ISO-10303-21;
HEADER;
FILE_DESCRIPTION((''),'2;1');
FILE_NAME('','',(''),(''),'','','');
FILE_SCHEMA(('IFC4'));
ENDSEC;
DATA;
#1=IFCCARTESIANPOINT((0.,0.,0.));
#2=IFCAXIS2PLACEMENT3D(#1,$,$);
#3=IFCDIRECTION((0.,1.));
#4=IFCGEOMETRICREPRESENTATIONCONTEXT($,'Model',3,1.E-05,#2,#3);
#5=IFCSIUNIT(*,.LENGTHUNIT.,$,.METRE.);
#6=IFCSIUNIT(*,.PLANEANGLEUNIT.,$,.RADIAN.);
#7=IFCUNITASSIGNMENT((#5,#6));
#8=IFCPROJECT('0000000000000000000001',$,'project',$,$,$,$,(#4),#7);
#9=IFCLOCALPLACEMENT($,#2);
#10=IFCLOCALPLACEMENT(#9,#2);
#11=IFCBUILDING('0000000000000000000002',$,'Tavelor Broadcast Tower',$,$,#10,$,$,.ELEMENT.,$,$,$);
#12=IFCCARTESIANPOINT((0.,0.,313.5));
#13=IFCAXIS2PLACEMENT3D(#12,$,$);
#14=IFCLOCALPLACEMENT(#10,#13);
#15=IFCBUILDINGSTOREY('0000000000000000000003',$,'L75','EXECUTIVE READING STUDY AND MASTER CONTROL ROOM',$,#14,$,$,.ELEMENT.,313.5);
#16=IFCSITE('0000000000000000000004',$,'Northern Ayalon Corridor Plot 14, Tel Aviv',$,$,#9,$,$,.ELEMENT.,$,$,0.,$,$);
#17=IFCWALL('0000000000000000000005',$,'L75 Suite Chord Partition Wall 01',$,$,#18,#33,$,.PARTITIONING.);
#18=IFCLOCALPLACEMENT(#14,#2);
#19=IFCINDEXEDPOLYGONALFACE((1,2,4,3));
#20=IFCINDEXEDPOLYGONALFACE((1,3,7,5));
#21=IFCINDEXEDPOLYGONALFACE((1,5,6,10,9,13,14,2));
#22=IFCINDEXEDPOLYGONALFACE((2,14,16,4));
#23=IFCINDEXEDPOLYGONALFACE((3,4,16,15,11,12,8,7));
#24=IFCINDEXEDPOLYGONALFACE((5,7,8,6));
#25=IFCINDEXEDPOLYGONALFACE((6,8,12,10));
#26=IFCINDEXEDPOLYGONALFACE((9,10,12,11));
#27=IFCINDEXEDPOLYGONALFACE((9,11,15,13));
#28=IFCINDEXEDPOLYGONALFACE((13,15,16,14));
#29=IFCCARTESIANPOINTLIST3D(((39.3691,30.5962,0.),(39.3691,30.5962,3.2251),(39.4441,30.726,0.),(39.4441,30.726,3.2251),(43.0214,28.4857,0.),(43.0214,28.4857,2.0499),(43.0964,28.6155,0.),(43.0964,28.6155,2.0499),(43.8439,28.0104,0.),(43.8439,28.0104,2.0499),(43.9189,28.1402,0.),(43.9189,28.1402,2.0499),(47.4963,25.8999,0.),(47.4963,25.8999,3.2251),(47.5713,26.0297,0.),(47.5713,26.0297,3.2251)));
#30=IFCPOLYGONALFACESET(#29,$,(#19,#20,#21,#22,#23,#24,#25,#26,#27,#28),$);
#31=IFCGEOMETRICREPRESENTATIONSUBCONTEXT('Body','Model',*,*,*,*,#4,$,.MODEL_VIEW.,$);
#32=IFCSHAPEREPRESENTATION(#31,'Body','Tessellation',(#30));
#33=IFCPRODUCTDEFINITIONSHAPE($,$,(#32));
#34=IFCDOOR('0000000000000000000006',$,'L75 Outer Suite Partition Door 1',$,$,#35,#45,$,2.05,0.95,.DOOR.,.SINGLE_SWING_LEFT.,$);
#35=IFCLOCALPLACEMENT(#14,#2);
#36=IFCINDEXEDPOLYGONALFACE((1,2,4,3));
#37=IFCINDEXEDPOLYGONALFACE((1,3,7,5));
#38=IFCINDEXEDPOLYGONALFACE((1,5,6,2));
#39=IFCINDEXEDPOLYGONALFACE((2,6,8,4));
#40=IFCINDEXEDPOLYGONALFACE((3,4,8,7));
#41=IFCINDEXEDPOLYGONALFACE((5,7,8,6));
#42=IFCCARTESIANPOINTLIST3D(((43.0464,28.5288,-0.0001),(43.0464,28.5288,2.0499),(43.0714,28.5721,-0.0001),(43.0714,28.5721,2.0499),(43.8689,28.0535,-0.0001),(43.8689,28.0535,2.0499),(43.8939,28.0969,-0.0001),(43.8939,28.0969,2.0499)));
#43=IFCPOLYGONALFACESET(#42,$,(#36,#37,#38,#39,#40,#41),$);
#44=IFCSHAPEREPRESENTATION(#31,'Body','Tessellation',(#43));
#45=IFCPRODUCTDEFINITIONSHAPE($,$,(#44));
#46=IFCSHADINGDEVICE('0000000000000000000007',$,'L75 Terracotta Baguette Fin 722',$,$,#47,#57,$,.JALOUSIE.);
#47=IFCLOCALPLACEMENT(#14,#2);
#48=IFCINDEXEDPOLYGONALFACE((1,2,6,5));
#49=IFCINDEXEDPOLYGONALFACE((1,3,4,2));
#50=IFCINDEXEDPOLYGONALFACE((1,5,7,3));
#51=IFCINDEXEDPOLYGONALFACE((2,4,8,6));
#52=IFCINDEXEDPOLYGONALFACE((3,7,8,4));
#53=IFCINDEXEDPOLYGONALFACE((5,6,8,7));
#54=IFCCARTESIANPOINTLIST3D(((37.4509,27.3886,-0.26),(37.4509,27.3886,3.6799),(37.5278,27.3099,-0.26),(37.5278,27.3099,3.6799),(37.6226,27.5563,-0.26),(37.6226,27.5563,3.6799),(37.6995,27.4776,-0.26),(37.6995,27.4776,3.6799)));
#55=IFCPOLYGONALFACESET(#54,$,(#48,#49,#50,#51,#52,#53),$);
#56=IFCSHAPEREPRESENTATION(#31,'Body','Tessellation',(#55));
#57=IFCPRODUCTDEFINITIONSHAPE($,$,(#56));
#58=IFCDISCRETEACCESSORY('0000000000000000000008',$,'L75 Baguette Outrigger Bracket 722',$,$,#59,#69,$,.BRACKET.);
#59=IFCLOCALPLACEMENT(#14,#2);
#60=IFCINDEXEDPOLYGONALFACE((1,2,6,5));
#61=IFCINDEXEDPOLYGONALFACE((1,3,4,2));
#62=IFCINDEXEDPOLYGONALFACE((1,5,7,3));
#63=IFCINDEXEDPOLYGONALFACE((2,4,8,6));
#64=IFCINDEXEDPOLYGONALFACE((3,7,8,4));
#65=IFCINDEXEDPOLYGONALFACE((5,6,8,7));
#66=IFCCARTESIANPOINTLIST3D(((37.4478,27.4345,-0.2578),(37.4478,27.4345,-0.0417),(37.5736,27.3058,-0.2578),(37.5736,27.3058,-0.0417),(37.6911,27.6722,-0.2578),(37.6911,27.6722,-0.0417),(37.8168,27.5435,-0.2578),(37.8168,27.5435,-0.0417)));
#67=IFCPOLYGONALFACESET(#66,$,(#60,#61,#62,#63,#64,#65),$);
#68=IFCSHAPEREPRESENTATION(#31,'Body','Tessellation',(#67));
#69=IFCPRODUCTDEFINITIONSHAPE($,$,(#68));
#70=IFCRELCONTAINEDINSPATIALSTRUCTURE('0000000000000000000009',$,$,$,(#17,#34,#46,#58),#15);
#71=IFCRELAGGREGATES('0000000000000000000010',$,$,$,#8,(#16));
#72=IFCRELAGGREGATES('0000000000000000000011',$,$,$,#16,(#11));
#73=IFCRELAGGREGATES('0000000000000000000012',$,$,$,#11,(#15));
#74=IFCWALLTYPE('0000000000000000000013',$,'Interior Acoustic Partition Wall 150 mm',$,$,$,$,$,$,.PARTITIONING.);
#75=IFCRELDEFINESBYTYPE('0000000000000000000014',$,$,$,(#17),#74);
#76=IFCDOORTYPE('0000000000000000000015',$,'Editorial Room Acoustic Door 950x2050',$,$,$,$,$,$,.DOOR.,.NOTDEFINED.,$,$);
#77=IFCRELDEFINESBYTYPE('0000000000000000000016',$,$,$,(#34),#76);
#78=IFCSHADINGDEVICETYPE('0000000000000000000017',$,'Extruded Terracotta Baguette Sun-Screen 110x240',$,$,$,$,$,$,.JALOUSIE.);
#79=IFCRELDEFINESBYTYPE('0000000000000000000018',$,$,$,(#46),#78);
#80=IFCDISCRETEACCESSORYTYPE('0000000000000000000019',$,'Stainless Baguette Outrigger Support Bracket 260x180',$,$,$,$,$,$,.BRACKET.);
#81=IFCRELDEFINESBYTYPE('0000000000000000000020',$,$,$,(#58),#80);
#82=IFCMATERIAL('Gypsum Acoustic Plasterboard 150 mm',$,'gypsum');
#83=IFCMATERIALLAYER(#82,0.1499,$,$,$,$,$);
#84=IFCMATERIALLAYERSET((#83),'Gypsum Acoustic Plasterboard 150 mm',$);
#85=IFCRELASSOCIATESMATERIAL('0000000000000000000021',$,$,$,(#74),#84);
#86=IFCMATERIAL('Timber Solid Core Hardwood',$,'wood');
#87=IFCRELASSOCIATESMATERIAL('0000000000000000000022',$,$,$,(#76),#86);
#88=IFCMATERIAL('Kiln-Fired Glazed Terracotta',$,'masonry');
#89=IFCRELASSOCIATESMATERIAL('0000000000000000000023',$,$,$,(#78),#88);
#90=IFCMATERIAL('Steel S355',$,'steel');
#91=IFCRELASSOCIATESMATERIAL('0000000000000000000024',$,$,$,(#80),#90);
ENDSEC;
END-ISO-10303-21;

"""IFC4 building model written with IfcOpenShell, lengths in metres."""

from ifc_helpers import new_model, si_unit, direction, frame, frame_2d, origin, origin_2d, place, context, subcontext, project, spatial, rectangle, extrude, source, transform, mapped, material, layer, layer_set, type_object, type_shapes, element, fill, save


model = new_model("IFC4")

# Units and contexts
model_context = context("Model", 3, precision=1e-05, world=origin(), true_north=direction((0.0, 1.0)))
body_context = subcontext(model_context, "Body", "Model", "MODEL_VIEW")
ifc_project = project(units=[si_unit("LENGTHUNIT", "METRE"), si_unit("PLANEANGLEUNIT", "RADIAN")], contexts=[model_context])

# Site, building, storey
site_placement = place(None, origin())
site = spatial("IfcSite", under=ifc_project, at=site_placement, Name="Northern Ayalon Corridor Plot 14, Tel Aviv", CompositionType="ELEMENT", RefElevation=0.0)
building_placement = place(site_placement, origin())
building = spatial("IfcBuilding", under=site, at=building_placement, Name="Tavelor Broadcast Tower", CompositionType="ELEMENT")
storey_placement = place(building_placement, frame((0.0, 0.0, 313.5)))
storey = spatial("IfcBuildingStorey", under=building, at=storey_placement, Name="L75", Description="EXECUTIVE READING STUDY AND MASTER CONTROL ROOM", CompositionType="ELEMENT", Elevation=313.5)

# Shared definitions
ifc_material_1 = material(Name="Steel S355", Category="steel")

# Shared definitions
ifc_material_2 = material(Name="Timber Solid Core Hardwood", Category="wood")

# Shared definitions
ifc_material_3 = material(Name="Gypsum Acoustic Plasterboard 150 mm", Category="gypsum")
ifc_layer_1 = layer(ifc_material_3, 0.1499)
ifc_layer_set_1 = layer_set([ifc_layer_1], Name="Gypsum Acoustic Plasterboard 150 mm")
wall_type_1 = type_object("IfcWallType", Name="Interior Acoustic Partition Wall 150 mm", PredefinedType="PARTITIONING", material=ifc_layer_set_1)

# Wall, opening, door
wall_1_placement = place(storey_placement, frame((39.4065, 30.6611, 0.0), z_axis=(0.0, 0.0, 1.0), x_axis=(0.865839, -0.500324, 0.0)))
wall_1 = element("IfcWall", 1, at=wall_1_placement, inside=storey, type_object=wall_type_1, Name="L75 Suite Chord Partition Wall 01", PredefinedType="PARTITIONING", context=body_context, shape_type="SweptSolid", body=[
    extrude(rectangle(XDim=9.3865, YDim=0.1499, at=frame_2d((4.6934, 0.0))), origin(), (0.0, 0.0, 1.0), 3.2251),
])
opening_1_placement = place(wall_1_placement, frame((4.2183, 0.0, 0.0)))
opening_1 = element("IfcOpeningElement", 2, at=opening_1_placement, cuts=wall_1, PredefinedType="OPENING", context=body_context, shape_type="SweptSolid", body=[
    extrude(rectangle(XDim=0.95, YDim=2.05, at=frame_2d((0.4751, 1.0249))), frame((0.0, 0.085, 0.0), z_axis=(0.0, -1.0, 0.0), x_axis=(1.0, 0.0, 0.0)), (0.0, 0.0, 1.0), 0.1699),
])
door_type_1 = type_object("IfcDoorType", Name="Editorial Room Acoustic Door 950x2050", OperationType="NOTDEFINED", PredefinedType="DOOR", material=ifc_material_2)
door_1_placement = place(opening_1_placement, origin())
door_1 = element("IfcDoor", 3, at=door_1_placement, inside=storey, type_object=door_type_1, Name="L75 Outer Suite Partition Door 1", OperationType="SINGLE_SWING_LEFT", OverallHeight=2.05, OverallWidth=0.95, PredefinedType="DOOR", context=body_context, shape_type="SweptSolid", body=[
    extrude(rectangle(XDim=0.95, YDim=2.05, at=frame_2d((0.4751, 1.0249))), frame((0.0, 0.0249, 0.0), z_axis=(0.0, -1.0, 0.0), x_axis=(1.0, 0.0, 0.0)), (0.0, 0.0, 1.0), 0.05),
])
fill(opening_1, door_1)

# Shading device
ifc_material_4 = material(Name="Kiln-Fired Glazed Terracotta", Category="masonry")
shading_device_type = type_object("IfcShadingDeviceType", Name="Extruded Terracotta Baguette Sun-Screen 110x240", PredefinedType="JALOUSIE", material=ifc_material_4)
shared_shape_1 = source(origin(), body_context, "Body", "SweptSolid", [
    extrude(rectangle(XDim=0.1101, YDim=0.24, at=origin_2d()), origin(), (0.0, 0.0, 1.0), 3.9399),
])
type_shapes(shading_device_type, [shared_shape_1])
shading_device_placement = place(storey_placement, frame((37.5752, 27.4331, -0.26), z_axis=(0.0, 0.0, 1.0), x_axis=(0.69879, -0.715327, 0.0)))
element("IfcShadingDevice", 4, at=shading_device_placement, inside=storey, type_object=shading_device_type, Name="L75 Terracotta Baguette Fin 722", PredefinedType="JALOUSIE", context=body_context, shape_type="MappedRepresentation", body=[
    mapped(shared_shape_1, transform((0.0, 0.0, 0.0), scale=1.0)),
])

# Discrete accessory
discrete_accessory_type = type_object("IfcDiscreteAccessoryType", Name="Stainless Baguette Outrigger Support Bracket 260x180", PredefinedType="BRACKET", material=ifc_material_1)
shared_shape_2 = source(origin(), body_context, "Body", "SweptSolid", [
    extrude(rectangle(XDim=0.1799, YDim=0.3401, at=origin_2d()), origin(), (0.0, 0.0, 1.0), 0.2161),
])
type_shapes(discrete_accessory_type, [shared_shape_2])
discrete_accessory_placement = place(storey_placement, frame((37.6323, 27.489, -0.2578), z_axis=(0.0, 0.0, 1.0), x_axis=(0.69879, -0.715327, 0.0)))
element("IfcDiscreteAccessory", 5, at=discrete_accessory_placement, inside=storey, type_object=discrete_accessory_type, Name="L75 Baguette Outrigger Bracket 722", PredefinedType="BRACKET", context=body_context, shape_type="MappedRepresentation", body=[
    mapped(shared_shape_2, transform((0.0, 0.0, 0.0), scale=1.0)),
])

save(model, "model.ifc")
